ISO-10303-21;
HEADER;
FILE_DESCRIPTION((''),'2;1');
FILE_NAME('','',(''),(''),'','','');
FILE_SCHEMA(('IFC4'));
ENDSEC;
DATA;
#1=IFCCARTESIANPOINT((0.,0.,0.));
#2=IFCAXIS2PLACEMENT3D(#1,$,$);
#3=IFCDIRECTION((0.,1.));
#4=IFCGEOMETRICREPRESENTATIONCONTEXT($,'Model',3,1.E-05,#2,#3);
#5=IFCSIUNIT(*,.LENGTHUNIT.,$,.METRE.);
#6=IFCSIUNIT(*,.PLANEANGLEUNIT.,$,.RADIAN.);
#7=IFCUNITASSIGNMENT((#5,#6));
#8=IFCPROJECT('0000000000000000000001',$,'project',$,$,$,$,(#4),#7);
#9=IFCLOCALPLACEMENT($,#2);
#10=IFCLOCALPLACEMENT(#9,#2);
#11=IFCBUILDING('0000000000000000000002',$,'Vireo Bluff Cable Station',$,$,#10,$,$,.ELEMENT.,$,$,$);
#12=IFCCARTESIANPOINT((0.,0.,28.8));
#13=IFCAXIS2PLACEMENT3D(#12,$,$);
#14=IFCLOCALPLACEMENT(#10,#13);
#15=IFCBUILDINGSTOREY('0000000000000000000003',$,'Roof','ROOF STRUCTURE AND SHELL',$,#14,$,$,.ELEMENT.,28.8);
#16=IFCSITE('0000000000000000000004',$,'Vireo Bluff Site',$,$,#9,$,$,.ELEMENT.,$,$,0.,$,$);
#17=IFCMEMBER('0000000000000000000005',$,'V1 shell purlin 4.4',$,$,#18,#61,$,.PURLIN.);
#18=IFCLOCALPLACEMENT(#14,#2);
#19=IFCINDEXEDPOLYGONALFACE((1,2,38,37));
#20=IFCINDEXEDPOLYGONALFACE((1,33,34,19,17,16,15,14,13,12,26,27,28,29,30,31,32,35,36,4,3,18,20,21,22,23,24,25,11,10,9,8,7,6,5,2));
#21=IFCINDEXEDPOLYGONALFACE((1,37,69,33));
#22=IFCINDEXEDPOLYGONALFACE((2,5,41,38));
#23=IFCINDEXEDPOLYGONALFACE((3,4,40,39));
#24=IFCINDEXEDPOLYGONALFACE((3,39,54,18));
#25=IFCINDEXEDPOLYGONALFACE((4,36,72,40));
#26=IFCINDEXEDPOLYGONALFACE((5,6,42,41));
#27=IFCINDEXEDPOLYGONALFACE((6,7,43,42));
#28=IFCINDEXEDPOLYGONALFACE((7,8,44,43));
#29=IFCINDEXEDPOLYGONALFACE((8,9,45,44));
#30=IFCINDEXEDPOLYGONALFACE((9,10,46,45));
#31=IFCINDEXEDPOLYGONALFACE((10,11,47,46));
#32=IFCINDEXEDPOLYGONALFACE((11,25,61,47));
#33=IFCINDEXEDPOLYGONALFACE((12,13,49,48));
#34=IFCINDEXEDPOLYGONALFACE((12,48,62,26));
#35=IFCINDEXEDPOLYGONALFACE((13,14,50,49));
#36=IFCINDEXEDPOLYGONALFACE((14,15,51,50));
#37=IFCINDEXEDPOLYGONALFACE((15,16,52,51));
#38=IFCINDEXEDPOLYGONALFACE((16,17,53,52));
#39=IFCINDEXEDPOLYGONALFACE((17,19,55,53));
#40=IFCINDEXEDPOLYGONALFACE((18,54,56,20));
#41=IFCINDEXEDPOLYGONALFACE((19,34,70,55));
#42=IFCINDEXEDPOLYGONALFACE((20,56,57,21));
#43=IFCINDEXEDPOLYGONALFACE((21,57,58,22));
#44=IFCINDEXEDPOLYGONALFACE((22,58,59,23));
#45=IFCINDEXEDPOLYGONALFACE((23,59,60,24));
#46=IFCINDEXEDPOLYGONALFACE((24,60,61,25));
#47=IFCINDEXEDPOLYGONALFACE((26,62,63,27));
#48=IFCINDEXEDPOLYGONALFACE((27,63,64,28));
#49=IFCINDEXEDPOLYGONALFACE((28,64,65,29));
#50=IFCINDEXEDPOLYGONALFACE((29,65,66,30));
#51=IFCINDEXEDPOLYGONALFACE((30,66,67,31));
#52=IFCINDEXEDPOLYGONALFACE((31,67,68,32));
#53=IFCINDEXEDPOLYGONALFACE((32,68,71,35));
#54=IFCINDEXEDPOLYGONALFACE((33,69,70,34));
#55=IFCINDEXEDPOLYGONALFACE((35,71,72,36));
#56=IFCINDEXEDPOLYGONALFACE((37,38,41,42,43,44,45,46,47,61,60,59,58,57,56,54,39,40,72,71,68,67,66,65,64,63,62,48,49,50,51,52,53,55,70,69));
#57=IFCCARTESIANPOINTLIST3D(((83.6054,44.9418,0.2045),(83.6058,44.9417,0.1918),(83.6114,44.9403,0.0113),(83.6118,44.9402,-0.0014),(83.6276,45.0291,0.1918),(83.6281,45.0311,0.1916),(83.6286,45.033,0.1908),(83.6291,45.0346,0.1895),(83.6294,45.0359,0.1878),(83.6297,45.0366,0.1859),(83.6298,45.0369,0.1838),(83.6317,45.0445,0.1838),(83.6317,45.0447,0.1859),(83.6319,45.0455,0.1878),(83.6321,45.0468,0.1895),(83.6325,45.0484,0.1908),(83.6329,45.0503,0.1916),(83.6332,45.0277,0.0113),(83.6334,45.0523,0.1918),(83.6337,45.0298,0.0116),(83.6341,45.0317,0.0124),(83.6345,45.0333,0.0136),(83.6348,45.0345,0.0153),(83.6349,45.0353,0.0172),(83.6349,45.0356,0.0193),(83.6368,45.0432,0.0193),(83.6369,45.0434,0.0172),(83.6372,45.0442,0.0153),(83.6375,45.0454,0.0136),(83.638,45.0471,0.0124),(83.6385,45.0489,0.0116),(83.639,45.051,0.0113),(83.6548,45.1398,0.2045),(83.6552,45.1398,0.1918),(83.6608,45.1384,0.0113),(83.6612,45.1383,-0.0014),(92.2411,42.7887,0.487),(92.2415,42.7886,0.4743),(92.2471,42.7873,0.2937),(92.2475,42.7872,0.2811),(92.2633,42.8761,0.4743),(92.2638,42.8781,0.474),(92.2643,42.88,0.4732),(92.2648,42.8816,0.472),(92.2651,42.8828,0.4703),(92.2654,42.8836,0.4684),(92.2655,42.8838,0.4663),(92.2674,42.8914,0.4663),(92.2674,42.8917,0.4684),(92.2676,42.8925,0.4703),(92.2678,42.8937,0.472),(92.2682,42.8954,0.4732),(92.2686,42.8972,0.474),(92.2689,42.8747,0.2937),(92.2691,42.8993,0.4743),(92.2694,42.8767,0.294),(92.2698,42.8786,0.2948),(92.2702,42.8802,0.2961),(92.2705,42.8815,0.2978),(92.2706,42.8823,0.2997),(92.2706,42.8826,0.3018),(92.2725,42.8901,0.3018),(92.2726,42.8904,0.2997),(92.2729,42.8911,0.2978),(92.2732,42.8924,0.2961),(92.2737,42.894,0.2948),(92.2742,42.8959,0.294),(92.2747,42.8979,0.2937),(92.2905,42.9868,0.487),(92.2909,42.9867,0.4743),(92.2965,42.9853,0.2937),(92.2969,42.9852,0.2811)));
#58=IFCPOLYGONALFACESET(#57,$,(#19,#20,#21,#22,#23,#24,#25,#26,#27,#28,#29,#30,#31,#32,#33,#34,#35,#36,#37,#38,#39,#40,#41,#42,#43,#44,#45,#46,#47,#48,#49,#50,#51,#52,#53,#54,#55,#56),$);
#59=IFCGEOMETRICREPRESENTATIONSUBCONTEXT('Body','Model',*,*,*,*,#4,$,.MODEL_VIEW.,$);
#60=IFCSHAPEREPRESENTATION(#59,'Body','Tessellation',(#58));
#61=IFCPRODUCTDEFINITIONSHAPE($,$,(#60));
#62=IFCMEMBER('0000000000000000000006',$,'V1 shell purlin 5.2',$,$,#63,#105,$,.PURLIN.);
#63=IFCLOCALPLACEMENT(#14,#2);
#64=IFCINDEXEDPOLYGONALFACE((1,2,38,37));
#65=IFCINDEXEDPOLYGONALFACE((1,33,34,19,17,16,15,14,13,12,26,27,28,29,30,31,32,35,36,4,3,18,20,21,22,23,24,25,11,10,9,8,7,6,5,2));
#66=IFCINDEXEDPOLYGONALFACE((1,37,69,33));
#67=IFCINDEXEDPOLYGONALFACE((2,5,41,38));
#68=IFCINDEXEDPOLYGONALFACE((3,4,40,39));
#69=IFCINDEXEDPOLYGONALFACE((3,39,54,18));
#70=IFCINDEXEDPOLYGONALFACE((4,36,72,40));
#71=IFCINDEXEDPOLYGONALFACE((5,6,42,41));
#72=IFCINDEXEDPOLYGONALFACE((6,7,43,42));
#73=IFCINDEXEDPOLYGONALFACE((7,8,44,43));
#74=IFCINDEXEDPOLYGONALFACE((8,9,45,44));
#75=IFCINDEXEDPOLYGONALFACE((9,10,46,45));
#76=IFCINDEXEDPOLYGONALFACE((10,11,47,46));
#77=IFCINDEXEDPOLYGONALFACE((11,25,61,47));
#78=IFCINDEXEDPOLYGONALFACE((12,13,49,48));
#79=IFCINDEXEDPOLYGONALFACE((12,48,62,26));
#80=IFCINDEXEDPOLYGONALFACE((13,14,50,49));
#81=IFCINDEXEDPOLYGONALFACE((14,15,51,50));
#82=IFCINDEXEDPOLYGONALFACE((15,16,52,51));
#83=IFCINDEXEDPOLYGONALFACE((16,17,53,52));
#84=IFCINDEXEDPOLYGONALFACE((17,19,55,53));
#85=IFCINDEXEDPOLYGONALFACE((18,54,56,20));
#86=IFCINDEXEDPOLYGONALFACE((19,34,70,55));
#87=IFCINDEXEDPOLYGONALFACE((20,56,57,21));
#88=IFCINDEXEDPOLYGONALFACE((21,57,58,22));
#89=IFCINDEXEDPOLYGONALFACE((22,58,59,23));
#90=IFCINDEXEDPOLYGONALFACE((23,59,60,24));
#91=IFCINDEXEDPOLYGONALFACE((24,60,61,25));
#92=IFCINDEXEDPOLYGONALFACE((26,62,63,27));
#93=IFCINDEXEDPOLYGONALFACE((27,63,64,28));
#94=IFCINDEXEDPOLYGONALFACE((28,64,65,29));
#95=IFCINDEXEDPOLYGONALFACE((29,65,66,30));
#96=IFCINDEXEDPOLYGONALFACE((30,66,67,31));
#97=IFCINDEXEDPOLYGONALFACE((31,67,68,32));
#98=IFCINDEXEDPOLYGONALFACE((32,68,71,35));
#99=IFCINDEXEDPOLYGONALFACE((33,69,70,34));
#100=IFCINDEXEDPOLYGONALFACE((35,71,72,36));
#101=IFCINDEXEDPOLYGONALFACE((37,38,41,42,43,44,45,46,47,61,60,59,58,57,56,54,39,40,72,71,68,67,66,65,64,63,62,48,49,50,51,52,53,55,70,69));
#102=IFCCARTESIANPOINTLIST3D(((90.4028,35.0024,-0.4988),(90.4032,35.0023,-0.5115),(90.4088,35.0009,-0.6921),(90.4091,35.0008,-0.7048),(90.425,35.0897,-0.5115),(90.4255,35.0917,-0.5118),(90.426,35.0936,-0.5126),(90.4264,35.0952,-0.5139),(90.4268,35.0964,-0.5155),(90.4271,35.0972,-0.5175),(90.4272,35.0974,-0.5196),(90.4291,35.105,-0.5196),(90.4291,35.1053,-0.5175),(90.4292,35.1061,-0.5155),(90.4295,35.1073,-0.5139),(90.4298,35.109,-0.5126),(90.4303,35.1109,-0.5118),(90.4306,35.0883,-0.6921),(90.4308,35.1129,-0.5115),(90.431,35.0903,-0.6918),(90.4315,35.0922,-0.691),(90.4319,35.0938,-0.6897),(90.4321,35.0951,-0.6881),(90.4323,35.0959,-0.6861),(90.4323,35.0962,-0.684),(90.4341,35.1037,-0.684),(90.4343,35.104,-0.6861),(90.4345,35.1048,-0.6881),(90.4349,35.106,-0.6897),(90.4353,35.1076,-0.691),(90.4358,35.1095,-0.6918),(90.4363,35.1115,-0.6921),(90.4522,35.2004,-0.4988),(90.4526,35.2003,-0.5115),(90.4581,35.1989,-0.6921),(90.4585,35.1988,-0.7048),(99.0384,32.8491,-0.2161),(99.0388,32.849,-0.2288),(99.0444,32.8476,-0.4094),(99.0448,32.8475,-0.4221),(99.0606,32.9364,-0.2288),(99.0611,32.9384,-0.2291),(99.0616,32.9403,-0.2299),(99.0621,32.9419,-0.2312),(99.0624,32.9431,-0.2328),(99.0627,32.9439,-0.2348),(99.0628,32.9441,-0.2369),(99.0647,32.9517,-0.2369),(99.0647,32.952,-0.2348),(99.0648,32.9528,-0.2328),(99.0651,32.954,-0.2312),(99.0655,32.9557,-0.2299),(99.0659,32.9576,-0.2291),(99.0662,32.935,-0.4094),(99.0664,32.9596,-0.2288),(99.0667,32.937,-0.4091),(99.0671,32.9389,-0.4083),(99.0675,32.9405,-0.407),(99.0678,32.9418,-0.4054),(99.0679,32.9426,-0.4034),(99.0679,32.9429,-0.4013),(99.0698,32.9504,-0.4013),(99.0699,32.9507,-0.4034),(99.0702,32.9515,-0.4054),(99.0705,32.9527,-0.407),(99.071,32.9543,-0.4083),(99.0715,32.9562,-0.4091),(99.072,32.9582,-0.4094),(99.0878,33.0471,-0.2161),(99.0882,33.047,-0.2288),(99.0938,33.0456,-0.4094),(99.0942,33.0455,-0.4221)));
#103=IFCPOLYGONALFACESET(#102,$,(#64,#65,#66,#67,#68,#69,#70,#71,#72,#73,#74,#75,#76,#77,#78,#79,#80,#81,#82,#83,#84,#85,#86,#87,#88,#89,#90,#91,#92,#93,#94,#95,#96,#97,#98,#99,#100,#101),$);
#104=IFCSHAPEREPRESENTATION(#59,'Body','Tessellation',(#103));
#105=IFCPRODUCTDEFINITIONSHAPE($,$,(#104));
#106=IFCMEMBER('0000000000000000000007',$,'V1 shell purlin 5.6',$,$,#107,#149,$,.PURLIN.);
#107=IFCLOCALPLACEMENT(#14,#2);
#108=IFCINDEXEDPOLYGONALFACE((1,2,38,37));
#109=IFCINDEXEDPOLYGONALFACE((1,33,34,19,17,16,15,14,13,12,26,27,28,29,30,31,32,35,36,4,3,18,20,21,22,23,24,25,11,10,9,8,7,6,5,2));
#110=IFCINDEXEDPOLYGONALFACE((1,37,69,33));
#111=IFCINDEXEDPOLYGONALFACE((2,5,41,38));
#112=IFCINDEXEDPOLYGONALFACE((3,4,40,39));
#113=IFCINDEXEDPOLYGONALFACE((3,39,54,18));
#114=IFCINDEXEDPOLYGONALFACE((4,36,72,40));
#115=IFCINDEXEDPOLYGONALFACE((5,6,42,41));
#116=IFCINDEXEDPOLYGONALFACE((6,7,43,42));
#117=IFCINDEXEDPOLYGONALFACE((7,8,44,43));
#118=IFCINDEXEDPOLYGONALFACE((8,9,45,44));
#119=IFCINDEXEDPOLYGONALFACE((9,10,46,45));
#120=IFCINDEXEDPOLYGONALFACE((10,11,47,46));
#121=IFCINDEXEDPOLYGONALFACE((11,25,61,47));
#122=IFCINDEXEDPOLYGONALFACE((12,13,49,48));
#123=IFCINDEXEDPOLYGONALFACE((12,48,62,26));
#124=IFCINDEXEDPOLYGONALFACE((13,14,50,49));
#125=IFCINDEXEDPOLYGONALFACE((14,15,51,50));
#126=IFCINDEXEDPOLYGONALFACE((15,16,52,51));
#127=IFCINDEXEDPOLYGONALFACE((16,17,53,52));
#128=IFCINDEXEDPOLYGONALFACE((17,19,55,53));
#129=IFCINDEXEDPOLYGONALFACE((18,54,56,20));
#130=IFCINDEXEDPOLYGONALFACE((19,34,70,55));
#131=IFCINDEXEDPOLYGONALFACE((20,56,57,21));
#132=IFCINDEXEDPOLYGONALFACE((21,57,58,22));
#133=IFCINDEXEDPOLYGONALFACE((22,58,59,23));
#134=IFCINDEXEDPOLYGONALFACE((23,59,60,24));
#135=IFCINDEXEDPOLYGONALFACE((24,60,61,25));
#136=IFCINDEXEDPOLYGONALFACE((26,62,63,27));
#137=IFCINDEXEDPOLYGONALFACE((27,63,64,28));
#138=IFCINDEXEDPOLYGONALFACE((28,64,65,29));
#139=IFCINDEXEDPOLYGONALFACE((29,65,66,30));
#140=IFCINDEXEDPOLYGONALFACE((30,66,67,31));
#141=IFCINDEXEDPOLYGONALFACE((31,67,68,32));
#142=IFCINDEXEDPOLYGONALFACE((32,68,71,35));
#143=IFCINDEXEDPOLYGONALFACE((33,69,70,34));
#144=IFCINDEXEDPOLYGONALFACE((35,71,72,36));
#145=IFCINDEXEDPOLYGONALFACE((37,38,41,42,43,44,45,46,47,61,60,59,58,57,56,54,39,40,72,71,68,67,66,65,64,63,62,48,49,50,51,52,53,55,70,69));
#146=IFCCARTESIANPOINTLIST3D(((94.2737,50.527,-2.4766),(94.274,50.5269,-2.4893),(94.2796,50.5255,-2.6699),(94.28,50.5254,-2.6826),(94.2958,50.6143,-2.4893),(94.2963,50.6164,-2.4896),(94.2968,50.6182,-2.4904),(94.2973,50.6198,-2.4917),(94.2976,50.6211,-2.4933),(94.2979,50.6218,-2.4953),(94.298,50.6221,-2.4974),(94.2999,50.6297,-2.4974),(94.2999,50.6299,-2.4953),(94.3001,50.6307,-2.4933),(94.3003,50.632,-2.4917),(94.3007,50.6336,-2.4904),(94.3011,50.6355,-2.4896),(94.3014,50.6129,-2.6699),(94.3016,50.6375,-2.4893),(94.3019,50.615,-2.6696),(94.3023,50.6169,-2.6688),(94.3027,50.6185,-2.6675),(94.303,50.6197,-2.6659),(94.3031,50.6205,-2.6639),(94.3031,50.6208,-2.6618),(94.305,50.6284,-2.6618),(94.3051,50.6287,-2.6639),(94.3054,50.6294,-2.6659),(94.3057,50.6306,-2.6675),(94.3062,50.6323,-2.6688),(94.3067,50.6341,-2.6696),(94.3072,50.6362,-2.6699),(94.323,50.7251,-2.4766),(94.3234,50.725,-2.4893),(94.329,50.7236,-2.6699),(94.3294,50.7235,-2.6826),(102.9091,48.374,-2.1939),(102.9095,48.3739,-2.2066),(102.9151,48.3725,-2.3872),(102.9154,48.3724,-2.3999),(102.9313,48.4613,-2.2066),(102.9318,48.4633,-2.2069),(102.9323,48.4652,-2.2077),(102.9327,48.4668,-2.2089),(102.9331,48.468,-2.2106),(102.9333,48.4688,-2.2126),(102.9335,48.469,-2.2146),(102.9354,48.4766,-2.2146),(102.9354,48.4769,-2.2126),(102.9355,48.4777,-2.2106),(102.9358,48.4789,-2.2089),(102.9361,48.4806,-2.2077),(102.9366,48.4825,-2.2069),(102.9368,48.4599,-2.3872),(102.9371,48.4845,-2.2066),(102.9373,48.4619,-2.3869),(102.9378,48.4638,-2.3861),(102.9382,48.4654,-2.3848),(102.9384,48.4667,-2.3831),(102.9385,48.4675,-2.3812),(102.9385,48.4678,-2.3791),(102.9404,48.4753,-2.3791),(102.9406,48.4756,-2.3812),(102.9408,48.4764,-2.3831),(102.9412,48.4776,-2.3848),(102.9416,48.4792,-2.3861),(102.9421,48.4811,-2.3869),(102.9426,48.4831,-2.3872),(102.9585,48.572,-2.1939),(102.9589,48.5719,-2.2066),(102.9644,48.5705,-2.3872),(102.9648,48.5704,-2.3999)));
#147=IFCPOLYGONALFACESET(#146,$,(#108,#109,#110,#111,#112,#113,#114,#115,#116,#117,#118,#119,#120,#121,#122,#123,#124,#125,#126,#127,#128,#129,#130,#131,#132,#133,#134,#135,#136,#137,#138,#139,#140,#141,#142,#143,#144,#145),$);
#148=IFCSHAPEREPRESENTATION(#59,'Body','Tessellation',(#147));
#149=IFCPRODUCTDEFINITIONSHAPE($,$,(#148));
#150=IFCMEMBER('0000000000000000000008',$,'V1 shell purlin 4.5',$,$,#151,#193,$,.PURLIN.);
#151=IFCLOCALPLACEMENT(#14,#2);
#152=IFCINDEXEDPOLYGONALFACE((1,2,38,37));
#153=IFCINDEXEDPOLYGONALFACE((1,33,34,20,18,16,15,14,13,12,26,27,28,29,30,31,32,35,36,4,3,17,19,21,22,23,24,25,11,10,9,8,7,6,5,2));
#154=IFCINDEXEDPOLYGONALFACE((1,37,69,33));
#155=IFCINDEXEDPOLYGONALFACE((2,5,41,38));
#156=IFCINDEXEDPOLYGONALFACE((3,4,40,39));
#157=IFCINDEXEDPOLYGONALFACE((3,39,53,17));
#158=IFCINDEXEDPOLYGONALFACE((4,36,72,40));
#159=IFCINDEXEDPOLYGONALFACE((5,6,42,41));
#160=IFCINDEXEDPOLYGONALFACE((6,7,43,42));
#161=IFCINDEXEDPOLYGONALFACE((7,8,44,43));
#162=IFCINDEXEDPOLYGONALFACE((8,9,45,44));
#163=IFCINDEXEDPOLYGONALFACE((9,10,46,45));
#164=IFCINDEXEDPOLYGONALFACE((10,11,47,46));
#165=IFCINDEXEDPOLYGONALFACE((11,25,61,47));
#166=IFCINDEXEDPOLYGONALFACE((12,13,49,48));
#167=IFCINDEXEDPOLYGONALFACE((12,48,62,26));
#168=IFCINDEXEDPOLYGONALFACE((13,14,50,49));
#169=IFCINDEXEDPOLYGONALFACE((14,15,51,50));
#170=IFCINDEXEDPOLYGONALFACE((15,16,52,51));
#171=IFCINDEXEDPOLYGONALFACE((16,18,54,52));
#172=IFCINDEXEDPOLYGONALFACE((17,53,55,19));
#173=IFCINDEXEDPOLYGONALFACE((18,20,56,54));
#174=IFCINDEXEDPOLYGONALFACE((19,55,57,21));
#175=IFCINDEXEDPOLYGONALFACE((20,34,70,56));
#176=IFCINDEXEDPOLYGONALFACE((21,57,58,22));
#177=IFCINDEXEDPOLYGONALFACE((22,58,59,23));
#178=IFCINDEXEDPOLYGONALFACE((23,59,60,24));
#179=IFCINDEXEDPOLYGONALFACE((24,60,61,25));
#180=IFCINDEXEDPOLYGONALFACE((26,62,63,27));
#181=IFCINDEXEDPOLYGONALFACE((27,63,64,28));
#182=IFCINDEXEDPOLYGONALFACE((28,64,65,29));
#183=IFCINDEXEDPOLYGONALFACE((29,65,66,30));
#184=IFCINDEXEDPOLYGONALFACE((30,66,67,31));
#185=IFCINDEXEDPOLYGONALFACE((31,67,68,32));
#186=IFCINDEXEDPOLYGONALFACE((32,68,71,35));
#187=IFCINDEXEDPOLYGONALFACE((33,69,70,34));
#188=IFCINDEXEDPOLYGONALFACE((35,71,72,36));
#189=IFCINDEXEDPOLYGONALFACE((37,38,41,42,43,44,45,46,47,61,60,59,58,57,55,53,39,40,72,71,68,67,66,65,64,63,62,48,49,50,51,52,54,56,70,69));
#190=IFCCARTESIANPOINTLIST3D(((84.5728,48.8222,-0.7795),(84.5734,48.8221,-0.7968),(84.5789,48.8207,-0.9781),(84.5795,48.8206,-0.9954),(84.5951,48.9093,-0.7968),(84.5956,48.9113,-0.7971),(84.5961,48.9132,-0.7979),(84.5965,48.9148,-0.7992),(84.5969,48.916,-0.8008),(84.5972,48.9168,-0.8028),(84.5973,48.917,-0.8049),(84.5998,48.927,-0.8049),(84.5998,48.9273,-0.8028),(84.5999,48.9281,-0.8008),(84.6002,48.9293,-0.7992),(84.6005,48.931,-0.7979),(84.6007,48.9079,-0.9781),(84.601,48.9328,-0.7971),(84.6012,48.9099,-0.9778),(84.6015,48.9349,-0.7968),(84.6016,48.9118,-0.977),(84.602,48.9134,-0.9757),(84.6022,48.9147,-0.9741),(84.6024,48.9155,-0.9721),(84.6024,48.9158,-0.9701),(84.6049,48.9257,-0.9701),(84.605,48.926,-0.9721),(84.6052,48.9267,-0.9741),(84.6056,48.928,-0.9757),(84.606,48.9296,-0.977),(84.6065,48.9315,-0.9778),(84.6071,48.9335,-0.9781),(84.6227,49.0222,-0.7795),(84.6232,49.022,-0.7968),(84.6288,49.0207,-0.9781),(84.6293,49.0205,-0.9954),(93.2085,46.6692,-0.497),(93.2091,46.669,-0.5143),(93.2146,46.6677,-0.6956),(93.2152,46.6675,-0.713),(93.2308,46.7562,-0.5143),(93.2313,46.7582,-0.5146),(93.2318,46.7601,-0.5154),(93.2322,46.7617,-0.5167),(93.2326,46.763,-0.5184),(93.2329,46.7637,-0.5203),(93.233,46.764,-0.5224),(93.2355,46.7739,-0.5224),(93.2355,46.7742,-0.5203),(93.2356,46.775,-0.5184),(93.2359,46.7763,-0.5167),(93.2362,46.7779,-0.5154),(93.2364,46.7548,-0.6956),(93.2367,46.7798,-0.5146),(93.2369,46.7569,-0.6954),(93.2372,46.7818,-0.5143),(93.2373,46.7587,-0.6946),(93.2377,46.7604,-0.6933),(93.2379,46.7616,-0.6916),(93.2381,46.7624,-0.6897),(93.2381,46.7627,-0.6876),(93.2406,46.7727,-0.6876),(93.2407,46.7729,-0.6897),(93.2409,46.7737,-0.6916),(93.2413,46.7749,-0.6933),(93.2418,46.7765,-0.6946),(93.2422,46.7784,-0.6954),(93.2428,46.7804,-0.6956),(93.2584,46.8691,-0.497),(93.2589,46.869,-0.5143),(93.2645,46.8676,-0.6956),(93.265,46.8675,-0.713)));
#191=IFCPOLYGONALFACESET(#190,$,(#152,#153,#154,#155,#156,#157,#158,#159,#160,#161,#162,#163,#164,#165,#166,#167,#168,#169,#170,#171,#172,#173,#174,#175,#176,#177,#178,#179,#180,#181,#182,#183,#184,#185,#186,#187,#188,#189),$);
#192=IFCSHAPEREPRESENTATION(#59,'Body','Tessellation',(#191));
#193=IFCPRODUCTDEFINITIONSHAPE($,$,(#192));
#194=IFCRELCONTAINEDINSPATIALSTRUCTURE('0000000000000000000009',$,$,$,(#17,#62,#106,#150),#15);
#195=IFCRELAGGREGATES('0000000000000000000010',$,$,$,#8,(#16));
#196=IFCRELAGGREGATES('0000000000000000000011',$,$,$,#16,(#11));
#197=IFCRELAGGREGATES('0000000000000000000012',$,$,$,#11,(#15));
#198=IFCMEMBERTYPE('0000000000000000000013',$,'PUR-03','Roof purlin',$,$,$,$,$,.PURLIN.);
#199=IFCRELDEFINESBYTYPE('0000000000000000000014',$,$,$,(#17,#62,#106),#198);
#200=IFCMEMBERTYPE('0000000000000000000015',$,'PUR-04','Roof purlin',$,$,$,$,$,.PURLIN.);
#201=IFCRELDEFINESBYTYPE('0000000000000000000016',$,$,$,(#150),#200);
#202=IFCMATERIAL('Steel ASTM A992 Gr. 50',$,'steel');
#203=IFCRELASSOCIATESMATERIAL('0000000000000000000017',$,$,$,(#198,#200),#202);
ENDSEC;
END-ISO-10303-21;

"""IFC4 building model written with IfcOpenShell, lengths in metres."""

from ifc_helpers import new_model, si_unit, direction, frame, origin, origin_2d, place, context, subcontext, project, spatial, i_section, extrude, material, material_profile, profile_set, type_object, element, save


model = new_model("IFC4")

# Units and contexts
model_context = context("Model", 3, precision=1e-05, world=origin(), true_north=direction((0.0, 1.0)))
body_context = subcontext(model_context, "Body", "Model", "MODEL_VIEW")
ifc_project = project(units=[si_unit("LENGTHUNIT", "METRE"), si_unit("PLANEANGLEUNIT", "RADIAN")], contexts=[model_context])

# Site, building, storey
site_placement = place(None, origin())
site = spatial("IfcSite", under=ifc_project, at=site_placement, Name="Vireo Bluff Site", CompositionType="ELEMENT", RefElevation=0.0)
building_placement = place(site_placement, origin())
building = spatial("IfcBuilding", under=site, at=building_placement, Name="Vireo Bluff Cable Station", CompositionType="ELEMENT")
storey_placement = place(building_placement, frame((0.0, 0.0, 28.8)))
storey = spatial("IfcBuildingStorey", under=building, at=storey_placement, Name="Roof", Description="ROOF STRUCTURE AND SHELL", CompositionType="ELEMENT", Elevation=28.8)

# Members
ifc_material_1 = material(Name="Steel ASTM A992 Gr. 50", Category="steel")
ifc_material_profile_1 = material_profile(ifc_material_1, i_section(OverallWidth=0.2041, OverallDepth=0.2061, WebThickness=0.0078, FlangeThickness=0.0127, FilletRadius=0.0081, at=origin_2d()), Name="W8X35")
ifc_profile_set_1 = profile_set([ifc_material_profile_1], Name="Steel ASTM A992 Gr. 50")
member_type_1 = type_object("IfcMemberType", Name="PUR-03", Description="Roof purlin", PredefinedType="PURLIN", material=ifc_profile_set_1)
for number, where, z_axis, x_axis, name in (
    (1, (83.6333, 45.04, 0.1016), (0.969809, -0.241794, 0.031722), (0.241916, 0.970297, 0.0), "V1 shell purlin 4.4"),
    (2, (90.4307, 35.1006, -0.6018), (0.969802, -0.24182, 0.031749), (0.241942, 0.970291, 0.0), "V1 shell purlin 5.2"),
):
    element("IfcMember", number, at=place(storey_placement, frame(where, z_axis=z_axis, x_axis=x_axis)), inside=storey, type_object=member_type_1, Name=name, PredefinedType="PURLIN", context=body_context, shape_type="SweptSolid", body=[
        extrude(i_section(OverallWidth=0.2041, OverallDepth=0.2061, WebThickness=0.0078, FlangeThickness=0.0127, FilletRadius=0.0081, at=origin_2d()), origin(), (0.0, 0.0, 1.0), 8.9045),
    ])
member_1_placement = place(storey_placement, frame((94.3015, 50.6252, -2.5796), z_axis=(0.969806, -0.2418, 0.03175), x_axis=(0.241922, 0.970296, 0.0)))
element("IfcMember", 3, at=member_1_placement, inside=storey, type_object=member_type_1, Name="V1 shell purlin 5.6", PredefinedType="PURLIN", context=body_context, shape_type="SweptSolid", body=[
    extrude(i_section(OverallWidth=0.2041, OverallDepth=0.2061, WebThickness=0.0078, FlangeThickness=0.0127, FilletRadius=0.0081, at=origin_2d()), origin(), (0.0, 0.0, 1.0), 8.9043),
])
ifc_material_profile_2 = material_profile(ifc_material_1, i_section(OverallWidth=0.2061, OverallDepth=0.2161, WebThickness=0.0103, FlangeThickness=0.0173, FilletRadius=0.0081, at=origin_2d()), Name="W8X48")
ifc_profile_set_2 = profile_set([ifc_material_profile_2], Name="Steel ASTM A992 Gr. 50")
member_type_2 = type_object("IfcMemberType", Name="PUR-04", Description="Roof purlin", PredefinedType="PURLIN", material=ifc_profile_set_2)
member_2_placement = place(storey_placement, frame((84.6011, 48.9214, -0.8875), z_axis=(0.969809, -0.241794, 0.031722), x_axis=(0.241916, 0.970297, 0.0)))
element("IfcMember", 4, at=member_2_placement, inside=storey, type_object=member_type_2, Name="V1 shell purlin 4.5", PredefinedType="PURLIN", context=body_context, shape_type="SweptSolid", body=[
    extrude(i_section(OverallWidth=0.2061, OverallDepth=0.2161, WebThickness=0.0103, FlangeThickness=0.0173, FilletRadius=0.0081, at=origin_2d()), origin(), (0.0, 0.0, 1.0), 8.9045),
])

save(model, "model.ifc")
